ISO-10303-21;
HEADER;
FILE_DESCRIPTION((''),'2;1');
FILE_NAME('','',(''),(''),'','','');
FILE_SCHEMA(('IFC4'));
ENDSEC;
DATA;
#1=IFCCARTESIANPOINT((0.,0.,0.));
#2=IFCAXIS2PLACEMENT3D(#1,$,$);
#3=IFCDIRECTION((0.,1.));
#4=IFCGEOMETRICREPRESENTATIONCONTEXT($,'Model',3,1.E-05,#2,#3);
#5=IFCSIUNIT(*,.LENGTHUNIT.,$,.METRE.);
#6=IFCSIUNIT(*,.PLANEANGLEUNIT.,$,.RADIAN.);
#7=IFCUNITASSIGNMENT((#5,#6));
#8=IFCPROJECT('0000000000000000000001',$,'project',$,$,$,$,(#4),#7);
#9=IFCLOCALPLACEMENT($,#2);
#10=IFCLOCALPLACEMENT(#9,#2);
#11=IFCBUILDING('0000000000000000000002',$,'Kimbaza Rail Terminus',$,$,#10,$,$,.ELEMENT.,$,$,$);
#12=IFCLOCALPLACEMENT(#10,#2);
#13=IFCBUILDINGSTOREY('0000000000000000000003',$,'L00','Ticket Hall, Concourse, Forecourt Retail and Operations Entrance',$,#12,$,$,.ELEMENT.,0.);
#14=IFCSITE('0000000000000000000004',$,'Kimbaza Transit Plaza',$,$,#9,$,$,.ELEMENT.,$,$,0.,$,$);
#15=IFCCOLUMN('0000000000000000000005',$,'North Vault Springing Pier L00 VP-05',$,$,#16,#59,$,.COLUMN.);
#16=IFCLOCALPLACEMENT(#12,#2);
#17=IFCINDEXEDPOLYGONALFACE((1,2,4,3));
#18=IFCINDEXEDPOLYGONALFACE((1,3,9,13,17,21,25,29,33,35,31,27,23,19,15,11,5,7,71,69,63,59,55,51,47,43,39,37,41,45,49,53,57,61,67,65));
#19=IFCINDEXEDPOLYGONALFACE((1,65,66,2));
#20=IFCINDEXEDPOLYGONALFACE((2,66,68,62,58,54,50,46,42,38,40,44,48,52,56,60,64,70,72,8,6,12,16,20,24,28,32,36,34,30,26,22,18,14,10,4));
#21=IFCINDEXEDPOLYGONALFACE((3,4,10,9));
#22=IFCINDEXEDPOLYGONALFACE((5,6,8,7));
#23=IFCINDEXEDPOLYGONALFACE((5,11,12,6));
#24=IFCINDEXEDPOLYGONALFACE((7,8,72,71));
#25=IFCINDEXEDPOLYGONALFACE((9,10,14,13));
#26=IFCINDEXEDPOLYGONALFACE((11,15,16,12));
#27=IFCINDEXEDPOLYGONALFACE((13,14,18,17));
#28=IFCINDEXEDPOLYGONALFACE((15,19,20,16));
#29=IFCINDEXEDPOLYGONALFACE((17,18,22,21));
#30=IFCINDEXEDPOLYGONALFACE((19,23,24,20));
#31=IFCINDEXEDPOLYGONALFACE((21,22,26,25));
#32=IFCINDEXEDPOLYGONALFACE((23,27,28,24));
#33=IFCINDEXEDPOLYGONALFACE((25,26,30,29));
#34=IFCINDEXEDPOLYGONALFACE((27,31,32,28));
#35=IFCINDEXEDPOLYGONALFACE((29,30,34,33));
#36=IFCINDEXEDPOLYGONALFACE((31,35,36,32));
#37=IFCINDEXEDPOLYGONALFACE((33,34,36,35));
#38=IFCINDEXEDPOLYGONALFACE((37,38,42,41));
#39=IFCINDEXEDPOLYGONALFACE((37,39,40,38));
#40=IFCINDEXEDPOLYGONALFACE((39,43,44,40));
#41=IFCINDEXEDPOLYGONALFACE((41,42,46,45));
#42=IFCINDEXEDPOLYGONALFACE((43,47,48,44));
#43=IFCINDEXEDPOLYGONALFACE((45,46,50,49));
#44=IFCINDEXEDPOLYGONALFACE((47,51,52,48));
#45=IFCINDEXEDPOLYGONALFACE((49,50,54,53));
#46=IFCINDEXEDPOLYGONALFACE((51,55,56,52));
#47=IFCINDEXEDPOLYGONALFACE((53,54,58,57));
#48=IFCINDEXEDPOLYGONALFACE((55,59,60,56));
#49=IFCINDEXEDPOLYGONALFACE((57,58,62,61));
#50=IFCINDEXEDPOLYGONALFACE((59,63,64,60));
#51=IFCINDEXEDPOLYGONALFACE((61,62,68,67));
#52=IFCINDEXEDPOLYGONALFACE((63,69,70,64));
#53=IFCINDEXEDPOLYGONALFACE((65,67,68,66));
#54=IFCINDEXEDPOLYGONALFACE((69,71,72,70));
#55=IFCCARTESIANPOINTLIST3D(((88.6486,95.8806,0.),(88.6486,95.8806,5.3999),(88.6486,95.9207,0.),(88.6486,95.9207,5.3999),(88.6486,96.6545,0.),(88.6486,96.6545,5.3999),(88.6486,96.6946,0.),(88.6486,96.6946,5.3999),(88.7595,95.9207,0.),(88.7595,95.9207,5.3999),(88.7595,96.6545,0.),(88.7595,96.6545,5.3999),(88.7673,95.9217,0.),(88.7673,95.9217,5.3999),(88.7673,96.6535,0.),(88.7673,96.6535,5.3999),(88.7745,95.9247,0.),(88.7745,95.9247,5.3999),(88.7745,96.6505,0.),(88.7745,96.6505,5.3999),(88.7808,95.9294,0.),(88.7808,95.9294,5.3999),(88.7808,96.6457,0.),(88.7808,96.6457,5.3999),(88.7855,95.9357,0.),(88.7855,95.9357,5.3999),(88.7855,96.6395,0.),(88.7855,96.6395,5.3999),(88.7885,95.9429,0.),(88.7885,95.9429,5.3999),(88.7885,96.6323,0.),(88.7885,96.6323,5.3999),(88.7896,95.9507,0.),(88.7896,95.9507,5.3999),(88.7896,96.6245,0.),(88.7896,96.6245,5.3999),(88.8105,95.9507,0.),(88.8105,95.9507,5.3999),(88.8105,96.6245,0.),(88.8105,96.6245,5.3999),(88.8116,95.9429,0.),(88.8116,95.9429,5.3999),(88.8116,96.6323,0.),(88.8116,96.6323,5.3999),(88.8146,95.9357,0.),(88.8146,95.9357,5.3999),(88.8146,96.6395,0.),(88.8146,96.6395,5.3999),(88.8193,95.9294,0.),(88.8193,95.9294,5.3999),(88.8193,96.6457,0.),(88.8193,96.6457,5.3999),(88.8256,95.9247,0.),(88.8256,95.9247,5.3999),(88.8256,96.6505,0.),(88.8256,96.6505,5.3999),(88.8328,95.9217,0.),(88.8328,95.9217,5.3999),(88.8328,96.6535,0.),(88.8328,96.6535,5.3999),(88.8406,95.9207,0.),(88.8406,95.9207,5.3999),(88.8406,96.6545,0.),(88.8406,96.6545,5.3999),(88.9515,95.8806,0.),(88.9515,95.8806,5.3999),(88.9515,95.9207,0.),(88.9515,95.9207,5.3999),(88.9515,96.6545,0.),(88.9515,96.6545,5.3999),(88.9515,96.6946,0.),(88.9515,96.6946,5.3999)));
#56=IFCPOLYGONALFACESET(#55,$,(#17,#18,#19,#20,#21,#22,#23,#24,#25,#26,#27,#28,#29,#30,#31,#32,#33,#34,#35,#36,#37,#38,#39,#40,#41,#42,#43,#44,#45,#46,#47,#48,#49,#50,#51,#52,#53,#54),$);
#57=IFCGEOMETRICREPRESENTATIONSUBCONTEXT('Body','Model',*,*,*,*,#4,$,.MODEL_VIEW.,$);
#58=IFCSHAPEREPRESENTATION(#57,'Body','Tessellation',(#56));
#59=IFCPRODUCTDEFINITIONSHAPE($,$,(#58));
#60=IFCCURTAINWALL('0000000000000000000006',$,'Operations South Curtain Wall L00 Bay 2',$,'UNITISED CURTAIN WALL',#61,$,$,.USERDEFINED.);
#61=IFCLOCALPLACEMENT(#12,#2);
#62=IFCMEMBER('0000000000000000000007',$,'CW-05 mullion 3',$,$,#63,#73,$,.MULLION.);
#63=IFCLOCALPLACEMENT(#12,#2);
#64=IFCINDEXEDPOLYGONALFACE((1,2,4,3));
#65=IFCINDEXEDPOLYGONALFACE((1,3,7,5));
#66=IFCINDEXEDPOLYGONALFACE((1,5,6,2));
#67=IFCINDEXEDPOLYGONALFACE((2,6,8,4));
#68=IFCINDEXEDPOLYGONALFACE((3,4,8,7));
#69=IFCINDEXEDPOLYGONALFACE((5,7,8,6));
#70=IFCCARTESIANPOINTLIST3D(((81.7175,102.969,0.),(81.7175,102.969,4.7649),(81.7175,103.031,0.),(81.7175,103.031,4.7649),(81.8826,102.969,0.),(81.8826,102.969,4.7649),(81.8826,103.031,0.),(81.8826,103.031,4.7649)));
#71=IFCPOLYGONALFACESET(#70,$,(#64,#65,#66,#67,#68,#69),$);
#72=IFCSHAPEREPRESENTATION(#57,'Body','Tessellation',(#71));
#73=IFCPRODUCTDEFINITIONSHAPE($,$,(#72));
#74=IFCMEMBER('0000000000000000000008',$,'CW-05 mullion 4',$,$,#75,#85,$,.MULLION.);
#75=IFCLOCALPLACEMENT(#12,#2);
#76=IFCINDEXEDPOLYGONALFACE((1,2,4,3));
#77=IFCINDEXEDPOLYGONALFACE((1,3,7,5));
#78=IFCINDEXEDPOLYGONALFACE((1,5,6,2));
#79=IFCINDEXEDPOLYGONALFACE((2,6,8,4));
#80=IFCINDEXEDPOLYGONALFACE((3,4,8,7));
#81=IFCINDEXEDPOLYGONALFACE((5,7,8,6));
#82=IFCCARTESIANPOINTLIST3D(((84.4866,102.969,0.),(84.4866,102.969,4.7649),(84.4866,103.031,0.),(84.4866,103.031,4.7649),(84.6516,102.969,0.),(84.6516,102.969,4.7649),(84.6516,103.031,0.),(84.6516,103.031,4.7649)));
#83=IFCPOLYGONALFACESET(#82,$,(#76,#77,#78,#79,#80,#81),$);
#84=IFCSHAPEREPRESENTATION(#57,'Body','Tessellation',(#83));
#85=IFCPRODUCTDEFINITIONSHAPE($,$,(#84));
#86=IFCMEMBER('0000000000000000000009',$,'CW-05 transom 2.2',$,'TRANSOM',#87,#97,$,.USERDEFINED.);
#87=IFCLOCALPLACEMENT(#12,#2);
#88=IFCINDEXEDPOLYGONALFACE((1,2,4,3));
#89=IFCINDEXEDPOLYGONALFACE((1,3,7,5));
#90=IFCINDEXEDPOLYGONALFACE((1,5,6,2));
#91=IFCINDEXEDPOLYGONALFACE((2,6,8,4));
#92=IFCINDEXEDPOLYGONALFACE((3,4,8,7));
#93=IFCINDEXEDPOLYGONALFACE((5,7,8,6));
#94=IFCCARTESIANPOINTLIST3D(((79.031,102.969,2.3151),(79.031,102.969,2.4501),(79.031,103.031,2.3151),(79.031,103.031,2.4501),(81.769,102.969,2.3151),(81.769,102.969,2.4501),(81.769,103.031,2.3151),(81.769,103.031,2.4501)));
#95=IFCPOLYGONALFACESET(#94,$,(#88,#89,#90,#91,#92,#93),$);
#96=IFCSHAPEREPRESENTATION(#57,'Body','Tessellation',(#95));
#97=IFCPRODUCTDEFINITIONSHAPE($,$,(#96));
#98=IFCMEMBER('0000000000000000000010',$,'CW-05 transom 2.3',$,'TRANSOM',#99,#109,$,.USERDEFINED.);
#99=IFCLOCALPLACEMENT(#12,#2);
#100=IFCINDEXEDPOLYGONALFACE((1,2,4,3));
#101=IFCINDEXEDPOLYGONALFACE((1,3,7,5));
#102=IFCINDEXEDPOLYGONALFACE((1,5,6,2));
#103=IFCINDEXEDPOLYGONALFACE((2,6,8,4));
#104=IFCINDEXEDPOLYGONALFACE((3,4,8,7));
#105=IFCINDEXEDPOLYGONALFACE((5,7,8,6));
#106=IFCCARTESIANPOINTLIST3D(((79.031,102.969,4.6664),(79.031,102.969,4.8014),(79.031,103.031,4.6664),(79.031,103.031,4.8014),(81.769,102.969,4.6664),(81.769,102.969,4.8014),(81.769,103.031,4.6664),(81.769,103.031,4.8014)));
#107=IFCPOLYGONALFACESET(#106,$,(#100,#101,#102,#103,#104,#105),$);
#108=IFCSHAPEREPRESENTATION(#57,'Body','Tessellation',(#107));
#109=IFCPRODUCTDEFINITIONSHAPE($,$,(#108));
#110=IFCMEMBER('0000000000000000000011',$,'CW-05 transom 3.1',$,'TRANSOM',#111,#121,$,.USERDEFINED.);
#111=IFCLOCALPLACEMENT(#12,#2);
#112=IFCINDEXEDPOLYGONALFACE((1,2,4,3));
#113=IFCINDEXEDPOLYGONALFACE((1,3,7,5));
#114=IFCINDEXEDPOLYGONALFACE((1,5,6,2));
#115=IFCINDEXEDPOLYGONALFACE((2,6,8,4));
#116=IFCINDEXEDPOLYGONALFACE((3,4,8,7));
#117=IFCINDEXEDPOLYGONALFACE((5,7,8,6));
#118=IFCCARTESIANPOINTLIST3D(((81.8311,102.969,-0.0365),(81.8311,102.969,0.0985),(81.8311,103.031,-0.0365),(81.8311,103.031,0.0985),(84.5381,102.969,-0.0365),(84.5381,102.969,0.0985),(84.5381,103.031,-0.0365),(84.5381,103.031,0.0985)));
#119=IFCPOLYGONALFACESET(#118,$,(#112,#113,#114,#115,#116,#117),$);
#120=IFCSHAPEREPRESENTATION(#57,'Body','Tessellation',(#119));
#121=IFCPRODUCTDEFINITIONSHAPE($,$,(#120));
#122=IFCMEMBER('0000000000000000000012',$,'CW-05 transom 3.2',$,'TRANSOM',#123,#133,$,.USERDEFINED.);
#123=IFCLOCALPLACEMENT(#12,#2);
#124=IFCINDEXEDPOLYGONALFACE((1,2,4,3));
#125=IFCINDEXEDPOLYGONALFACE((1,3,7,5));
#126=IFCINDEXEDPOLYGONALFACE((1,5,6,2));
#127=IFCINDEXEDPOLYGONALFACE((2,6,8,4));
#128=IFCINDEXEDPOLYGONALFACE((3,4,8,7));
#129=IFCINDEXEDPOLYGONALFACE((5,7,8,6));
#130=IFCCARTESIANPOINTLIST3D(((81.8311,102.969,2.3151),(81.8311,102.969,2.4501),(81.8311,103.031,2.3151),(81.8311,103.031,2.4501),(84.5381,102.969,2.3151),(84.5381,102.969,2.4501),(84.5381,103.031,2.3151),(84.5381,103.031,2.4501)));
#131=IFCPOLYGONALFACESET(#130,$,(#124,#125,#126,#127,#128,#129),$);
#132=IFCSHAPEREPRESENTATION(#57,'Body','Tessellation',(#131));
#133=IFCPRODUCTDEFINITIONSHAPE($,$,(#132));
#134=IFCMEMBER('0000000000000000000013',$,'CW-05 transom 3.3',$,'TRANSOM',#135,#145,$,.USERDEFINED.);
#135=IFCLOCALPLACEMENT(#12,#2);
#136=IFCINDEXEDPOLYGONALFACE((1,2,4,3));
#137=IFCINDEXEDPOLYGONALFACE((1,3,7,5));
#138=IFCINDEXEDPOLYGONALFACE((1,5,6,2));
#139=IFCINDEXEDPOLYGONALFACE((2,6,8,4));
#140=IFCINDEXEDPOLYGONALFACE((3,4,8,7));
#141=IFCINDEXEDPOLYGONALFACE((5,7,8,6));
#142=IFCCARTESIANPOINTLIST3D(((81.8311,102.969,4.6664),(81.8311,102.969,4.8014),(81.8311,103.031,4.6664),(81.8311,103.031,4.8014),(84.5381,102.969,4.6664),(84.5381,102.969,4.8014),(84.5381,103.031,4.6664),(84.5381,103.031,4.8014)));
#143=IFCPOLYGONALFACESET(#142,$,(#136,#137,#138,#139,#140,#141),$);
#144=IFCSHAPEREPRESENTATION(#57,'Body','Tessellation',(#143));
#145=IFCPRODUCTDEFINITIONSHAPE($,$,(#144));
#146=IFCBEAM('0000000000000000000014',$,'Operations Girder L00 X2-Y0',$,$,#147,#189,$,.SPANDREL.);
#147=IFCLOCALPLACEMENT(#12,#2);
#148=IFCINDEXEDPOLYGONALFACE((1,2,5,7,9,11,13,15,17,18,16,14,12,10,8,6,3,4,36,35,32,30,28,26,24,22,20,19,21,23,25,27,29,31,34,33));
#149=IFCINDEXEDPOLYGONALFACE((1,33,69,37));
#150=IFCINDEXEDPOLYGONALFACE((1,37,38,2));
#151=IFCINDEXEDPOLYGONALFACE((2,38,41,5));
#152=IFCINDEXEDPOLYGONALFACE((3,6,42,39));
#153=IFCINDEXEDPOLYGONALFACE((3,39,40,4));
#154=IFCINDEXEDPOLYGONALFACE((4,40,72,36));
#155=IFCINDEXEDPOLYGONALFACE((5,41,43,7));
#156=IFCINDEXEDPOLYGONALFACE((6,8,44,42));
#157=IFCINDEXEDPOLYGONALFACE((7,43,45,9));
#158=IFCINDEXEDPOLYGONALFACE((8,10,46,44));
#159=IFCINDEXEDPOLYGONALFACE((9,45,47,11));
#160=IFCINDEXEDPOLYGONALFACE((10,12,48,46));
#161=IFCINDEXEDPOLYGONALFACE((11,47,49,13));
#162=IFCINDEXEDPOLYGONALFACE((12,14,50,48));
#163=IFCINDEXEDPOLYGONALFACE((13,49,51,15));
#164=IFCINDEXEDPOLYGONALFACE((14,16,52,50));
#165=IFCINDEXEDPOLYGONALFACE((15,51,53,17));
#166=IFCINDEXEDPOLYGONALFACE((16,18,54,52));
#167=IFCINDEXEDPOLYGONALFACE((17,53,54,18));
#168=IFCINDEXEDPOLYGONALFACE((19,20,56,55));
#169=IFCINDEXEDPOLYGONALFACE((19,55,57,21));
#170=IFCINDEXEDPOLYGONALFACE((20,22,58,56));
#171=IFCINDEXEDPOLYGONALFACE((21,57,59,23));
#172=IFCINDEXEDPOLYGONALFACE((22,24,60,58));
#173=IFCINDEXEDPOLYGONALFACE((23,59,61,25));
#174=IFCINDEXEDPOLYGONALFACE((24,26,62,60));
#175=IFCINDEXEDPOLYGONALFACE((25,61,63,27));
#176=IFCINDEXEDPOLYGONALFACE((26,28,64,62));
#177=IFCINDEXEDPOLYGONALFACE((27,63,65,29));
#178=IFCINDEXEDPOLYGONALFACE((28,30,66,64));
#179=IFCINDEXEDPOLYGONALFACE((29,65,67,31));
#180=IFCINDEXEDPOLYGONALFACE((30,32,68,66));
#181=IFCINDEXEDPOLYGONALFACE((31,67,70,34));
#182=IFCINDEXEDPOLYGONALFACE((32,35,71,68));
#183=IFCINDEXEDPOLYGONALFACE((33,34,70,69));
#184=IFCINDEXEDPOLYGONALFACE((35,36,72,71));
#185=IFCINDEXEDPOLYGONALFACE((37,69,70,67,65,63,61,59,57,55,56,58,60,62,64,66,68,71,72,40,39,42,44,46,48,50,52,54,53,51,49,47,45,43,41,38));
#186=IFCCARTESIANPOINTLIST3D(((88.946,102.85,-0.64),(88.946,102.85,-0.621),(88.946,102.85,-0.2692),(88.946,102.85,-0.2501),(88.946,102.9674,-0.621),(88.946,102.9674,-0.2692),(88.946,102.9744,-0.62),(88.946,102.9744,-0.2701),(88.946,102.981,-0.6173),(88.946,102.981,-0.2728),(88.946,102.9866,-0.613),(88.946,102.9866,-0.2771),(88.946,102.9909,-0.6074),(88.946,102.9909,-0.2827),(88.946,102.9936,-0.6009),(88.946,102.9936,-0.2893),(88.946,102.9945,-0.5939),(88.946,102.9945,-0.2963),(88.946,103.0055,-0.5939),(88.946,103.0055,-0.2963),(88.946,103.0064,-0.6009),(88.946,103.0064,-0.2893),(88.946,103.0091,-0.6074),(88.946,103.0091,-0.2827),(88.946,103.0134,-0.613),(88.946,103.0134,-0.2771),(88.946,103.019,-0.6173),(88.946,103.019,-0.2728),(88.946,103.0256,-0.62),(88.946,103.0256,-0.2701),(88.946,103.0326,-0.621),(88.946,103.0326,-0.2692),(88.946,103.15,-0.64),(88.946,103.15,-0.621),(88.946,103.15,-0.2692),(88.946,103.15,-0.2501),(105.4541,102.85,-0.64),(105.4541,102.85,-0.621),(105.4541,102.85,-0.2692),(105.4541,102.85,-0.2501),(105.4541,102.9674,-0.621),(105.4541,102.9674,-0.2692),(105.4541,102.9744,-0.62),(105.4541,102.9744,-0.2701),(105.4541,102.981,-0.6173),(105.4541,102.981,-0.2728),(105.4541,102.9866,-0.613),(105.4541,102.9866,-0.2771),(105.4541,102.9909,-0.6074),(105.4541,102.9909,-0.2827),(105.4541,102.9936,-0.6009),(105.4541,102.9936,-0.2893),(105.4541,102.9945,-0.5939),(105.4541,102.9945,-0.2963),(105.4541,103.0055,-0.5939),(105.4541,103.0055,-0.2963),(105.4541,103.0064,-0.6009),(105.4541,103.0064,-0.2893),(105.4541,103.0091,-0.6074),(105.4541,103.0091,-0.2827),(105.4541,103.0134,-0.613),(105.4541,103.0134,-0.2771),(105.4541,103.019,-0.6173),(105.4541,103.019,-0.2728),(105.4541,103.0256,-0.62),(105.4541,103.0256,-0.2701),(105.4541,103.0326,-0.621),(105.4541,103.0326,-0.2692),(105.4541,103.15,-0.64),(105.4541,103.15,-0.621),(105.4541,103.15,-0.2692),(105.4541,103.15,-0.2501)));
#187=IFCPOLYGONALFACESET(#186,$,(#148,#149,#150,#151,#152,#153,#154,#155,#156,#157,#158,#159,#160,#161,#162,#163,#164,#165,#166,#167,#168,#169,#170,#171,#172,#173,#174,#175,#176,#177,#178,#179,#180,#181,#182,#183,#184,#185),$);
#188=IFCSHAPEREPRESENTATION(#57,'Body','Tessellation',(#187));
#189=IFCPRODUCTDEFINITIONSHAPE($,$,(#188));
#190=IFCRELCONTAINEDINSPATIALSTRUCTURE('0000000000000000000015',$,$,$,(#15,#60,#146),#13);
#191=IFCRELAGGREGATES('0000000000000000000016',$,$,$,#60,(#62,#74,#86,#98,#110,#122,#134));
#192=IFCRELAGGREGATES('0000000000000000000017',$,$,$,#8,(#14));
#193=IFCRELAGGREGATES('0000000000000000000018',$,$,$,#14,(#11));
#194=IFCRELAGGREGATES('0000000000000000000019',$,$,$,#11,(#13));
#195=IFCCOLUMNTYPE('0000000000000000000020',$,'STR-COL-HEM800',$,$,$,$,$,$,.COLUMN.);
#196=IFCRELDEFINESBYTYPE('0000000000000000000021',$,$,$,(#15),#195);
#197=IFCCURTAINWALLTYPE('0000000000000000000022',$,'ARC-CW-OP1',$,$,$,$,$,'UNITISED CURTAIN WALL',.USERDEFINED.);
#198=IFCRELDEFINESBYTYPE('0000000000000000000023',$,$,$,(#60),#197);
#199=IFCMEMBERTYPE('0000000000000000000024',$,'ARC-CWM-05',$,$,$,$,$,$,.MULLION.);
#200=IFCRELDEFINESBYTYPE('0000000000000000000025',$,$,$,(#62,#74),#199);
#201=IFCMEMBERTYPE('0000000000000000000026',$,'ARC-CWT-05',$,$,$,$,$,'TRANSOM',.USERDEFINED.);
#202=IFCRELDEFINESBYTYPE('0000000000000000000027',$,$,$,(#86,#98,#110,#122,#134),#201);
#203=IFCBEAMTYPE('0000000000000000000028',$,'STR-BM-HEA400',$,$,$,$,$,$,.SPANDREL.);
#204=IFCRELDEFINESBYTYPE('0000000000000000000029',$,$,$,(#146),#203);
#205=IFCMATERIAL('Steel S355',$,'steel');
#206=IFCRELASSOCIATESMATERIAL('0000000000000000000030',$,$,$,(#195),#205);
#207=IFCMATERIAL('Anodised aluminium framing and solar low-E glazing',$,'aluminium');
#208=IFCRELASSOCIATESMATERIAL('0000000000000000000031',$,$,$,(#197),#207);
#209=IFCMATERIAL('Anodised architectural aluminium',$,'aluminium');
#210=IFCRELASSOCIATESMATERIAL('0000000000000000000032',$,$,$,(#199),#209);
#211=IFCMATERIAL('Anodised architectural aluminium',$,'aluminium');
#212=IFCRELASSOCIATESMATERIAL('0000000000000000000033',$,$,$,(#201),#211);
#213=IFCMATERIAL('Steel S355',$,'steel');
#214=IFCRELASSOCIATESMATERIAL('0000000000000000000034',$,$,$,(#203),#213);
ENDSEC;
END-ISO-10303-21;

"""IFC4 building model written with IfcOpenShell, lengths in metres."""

from ifc_helpers import new_model, si_unit, direction, frame, origin, origin_2d, place, context, subcontext, project, spatial, rectangle, i_section, extrude, material, material_profile, profile_set, type_object, element, aggregate, save


model = new_model("IFC4")

# Units and contexts
model_context = context("Model", 3, precision=1e-05, world=origin(), true_north=direction((0.0, 1.0)))
body_context = subcontext(model_context, "Body", "Model", "MODEL_VIEW")
ifc_project = project(units=[si_unit("LENGTHUNIT", "METRE"), si_unit("PLANEANGLEUNIT", "RADIAN")], contexts=[model_context])

# Site, building, storey
site_placement = place(None, origin())
site = spatial("IfcSite", under=ifc_project, at=site_placement, Name="Kimbaza Transit Plaza", CompositionType="ELEMENT", RefElevation=0.0)
building_placement = place(site_placement, origin())
building = spatial("IfcBuilding", under=site, at=building_placement, Name="Kimbaza Rail Terminus", CompositionType="ELEMENT")
storey_placement = place(building_placement, origin())
storey = spatial("IfcBuildingStorey", under=building, at=storey_placement, Name="L00", Description="Ticket Hall, Concourse, Forecourt Retail and Operations Entrance", CompositionType="ELEMENT", Elevation=0.0)

# Column
ifc_material_1 = material(Name="Steel S355", Category="steel")
ifc_material_profile_1 = material_profile(ifc_material_1, i_section(OverallWidth=0.303, OverallDepth=0.814, WebThickness=0.021, FlangeThickness=0.04, FilletRadius=0.03, at=origin_2d()), Name="HEM 800")
ifc_profile_set_1 = profile_set([ifc_material_profile_1], Name="Steel S355")
column_type_1 = type_object("IfcColumnType", Name="STR-COL-HEM800", PredefinedType="COLUMN", material=ifc_profile_set_1)
column_placement = place(storey_placement, frame((88.8, 96.2876, 0.0), z_axis=(0.0, 0.0, 1.0), x_axis=(1.0, 0.0, 0.0)))
element("IfcColumn", 1, at=column_placement, inside=storey, type_object=column_type_1, Name="North Vault Springing Pier L00 VP-05", PredefinedType="COLUMN", context=body_context, shape_type="SweptSolid", body=[
    extrude(i_section(OverallWidth=0.303, OverallDepth=0.814, WebThickness=0.021, FlangeThickness=0.04, FilletRadius=0.03, at=origin_2d()), origin(), (0.0, 0.0, 1.0), 5.3999),
])

# Curtain wall, members
ifc_material_2 = material(Name="Anodised aluminium framing and solar low-E glazing", Category="aluminium")
curtain_wall_type = type_object("IfcCurtainWallType", Name="ARC-CW-OP1", ElementType="UNITISED CURTAIN WALL", PredefinedType="USERDEFINED", material=ifc_material_2)
curtain_wall_placement = place(storey_placement, origin())
curtain_wall = element("IfcCurtainWall", 2, at=curtain_wall_placement, inside=storey, type_object=curtain_wall_type, Name="Operations South Curtain Wall L00 Bay 2", ObjectType="UNITISED CURTAIN WALL", PredefinedType="USERDEFINED")
ifc_material_3 = material(Name="Anodised architectural aluminium", Category="aluminium")
ifc_material_profile_2 = material_profile(ifc_material_3, rectangle(XDim=0.062, YDim=0.165, at=origin_2d()), Name="MULLION 62x165")
ifc_profile_set_2 = profile_set([ifc_material_profile_2], Name="Anodised architectural aluminium")
member_type_1 = type_object("IfcMemberType", Name="ARC-CWM-05", PredefinedType="MULLION", material=ifc_profile_set_2)
member_1_placement = place(storey_placement, frame((81.8, 103.0, 0.0), z_axis=(0.0, 0.0, 1.0), x_axis=(0.0, 1.0, 0.0)))
member_1 = element("IfcMember", 3, at=member_1_placement, type_object=member_type_1, Name="CW-05 mullion 3", PredefinedType="MULLION", context=body_context, shape_type="SweptSolid", body=[
    extrude(rectangle(XDim=0.062, YDim=0.165, at=origin_2d()), origin(), (0.0, 0.0, 1.0), 4.7649),
])
member_2_placement = place(storey_placement, frame((84.5691, 103.0, 0.0), z_axis=(0.0, 0.0, 1.0), x_axis=(0.0, 1.0, 0.0)))
member_2 = element("IfcMember", 4, at=member_2_placement, type_object=member_type_1, Name="CW-05 mullion 4", PredefinedType="MULLION", context=body_context, shape_type="SweptSolid", body=[
    extrude(rectangle(XDim=0.062, YDim=0.165, at=origin_2d()), origin(), (0.0, 0.0, 1.0), 4.7649),
])
ifc_material_4 = material(Name="Anodised architectural aluminium", Category="aluminium")
ifc_material_profile_3 = material_profile(ifc_material_4, rectangle(XDim=0.062, YDim=0.135, at=origin_2d()), Name="TRANSOM 62x135")
ifc_profile_set_3 = profile_set([ifc_material_profile_3], Name="Anodised architectural aluminium")
member_type_2 = type_object("IfcMemberType", Name="ARC-CWT-05", ElementType="TRANSOM", PredefinedType="USERDEFINED", material=ifc_profile_set_3)
member_3_placement = place(storey_placement, frame((79.031, 103.0, 2.3826), z_axis=(1.0, 0.0, 0.0), x_axis=(0.0, 1.0, 0.0)))
member_3 = element("IfcMember", 5, at=member_3_placement, type_object=member_type_2, Name="CW-05 transom 2.2", ObjectType="TRANSOM", PredefinedType="USERDEFINED", context=body_context, shape_type="SweptSolid", body=[
    extrude(rectangle(XDim=0.062, YDim=0.135, at=origin_2d()), origin(), (0.0, 0.0, 1.0), 2.738),
])
member_4_placement = place(storey_placement, frame((79.031, 103.0, 4.7339), z_axis=(1.0, 0.0, 0.0), x_axis=(0.0, 1.0, 0.0)))
member_4 = element("IfcMember", 6, at=member_4_placement, type_object=member_type_2, Name="CW-05 transom 2.3", ObjectType="TRANSOM", PredefinedType="USERDEFINED", context=body_context, shape_type="SweptSolid", body=[
    extrude(rectangle(XDim=0.062, YDim=0.135, at=origin_2d()), origin(), (0.0, 0.0, 1.0), 2.738),
])
member_5_placement = place(storey_placement, frame((81.8311, 103.0, 0.031), z_axis=(1.0, 0.0, 0.0), x_axis=(0.0, 1.0, 0.0)))
member_5 = element("IfcMember", 7, at=member_5_placement, type_object=member_type_2, Name="CW-05 transom 3.1", ObjectType="TRANSOM", PredefinedType="USERDEFINED", context=body_context, shape_type="SweptSolid", body=[
    extrude(rectangle(XDim=0.062, YDim=0.135, at=origin_2d()), origin(), (0.0, 0.0, 1.0), 2.707),
])
member_6_placement = place(storey_placement, frame((81.8311, 103.0, 2.3826), z_axis=(1.0, 0.0, 0.0), x_axis=(0.0, 1.0, 0.0)))
member_6 = element("IfcMember", 8, at=member_6_placement, type_object=member_type_2, Name="CW-05 transom 3.2", ObjectType="TRANSOM", PredefinedType="USERDEFINED", context=body_context, shape_type="SweptSolid", body=[
    extrude(rectangle(XDim=0.062, YDim=0.135, at=origin_2d()), origin(), (0.0, 0.0, 1.0), 2.707),
])
member_7_placement = place(storey_placement, frame((81.8311, 103.0, 4.7339), z_axis=(1.0, 0.0, 0.0), x_axis=(0.0, 1.0, 0.0)))
member_7 = element("IfcMember", 9, at=member_7_placement, type_object=member_type_2, Name="CW-05 transom 3.3", ObjectType="TRANSOM", PredefinedType="USERDEFINED", context=body_context, shape_type="SweptSolid", body=[
    extrude(rectangle(XDim=0.062, YDim=0.135, at=origin_2d()), origin(), (0.0, 0.0, 1.0), 2.707),
])

# Beam
ifc_material_5 = material(Name="Steel S355", Category="steel")
ifc_material_profile_4 = material_profile(ifc_material_5, i_section(OverallWidth=0.3, OverallDepth=0.3899, WebThickness=0.011, FlangeThickness=0.019, FilletRadius=0.0271, at=origin_2d()), Name="HEA 400")
ifc_profile_set_4 = profile_set([ifc_material_profile_4], Name="Steel S355")
beam_type_1 = type_object("IfcBeamType", Name="STR-BM-HEA400", PredefinedType="SPANDREL", material=ifc_profile_set_4)
beam_1_placement = place(storey_placement, frame((88.946, 103.0, -0.4451), z_axis=(1.0, 0.0, 0.0), x_axis=(0.0, 1.0, 0.0)))
element("IfcBeam", 10, at=beam_1_placement, inside=storey, type_object=beam_type_1, Name="Operations Girder L00 X2-Y0", PredefinedType="SPANDREL", context=body_context, shape_type="SweptSolid", body=[
    extrude(i_section(OverallWidth=0.3, OverallDepth=0.3899, WebThickness=0.011, FlangeThickness=0.019, FilletRadius=0.0271, at=origin_2d()), origin(), (0.0, 0.0, 1.0), 16.5081),
])

aggregate(curtain_wall, [member_1, member_2, member_3, member_4, member_5, member_6, member_7])

save(model, "model.ifc")
